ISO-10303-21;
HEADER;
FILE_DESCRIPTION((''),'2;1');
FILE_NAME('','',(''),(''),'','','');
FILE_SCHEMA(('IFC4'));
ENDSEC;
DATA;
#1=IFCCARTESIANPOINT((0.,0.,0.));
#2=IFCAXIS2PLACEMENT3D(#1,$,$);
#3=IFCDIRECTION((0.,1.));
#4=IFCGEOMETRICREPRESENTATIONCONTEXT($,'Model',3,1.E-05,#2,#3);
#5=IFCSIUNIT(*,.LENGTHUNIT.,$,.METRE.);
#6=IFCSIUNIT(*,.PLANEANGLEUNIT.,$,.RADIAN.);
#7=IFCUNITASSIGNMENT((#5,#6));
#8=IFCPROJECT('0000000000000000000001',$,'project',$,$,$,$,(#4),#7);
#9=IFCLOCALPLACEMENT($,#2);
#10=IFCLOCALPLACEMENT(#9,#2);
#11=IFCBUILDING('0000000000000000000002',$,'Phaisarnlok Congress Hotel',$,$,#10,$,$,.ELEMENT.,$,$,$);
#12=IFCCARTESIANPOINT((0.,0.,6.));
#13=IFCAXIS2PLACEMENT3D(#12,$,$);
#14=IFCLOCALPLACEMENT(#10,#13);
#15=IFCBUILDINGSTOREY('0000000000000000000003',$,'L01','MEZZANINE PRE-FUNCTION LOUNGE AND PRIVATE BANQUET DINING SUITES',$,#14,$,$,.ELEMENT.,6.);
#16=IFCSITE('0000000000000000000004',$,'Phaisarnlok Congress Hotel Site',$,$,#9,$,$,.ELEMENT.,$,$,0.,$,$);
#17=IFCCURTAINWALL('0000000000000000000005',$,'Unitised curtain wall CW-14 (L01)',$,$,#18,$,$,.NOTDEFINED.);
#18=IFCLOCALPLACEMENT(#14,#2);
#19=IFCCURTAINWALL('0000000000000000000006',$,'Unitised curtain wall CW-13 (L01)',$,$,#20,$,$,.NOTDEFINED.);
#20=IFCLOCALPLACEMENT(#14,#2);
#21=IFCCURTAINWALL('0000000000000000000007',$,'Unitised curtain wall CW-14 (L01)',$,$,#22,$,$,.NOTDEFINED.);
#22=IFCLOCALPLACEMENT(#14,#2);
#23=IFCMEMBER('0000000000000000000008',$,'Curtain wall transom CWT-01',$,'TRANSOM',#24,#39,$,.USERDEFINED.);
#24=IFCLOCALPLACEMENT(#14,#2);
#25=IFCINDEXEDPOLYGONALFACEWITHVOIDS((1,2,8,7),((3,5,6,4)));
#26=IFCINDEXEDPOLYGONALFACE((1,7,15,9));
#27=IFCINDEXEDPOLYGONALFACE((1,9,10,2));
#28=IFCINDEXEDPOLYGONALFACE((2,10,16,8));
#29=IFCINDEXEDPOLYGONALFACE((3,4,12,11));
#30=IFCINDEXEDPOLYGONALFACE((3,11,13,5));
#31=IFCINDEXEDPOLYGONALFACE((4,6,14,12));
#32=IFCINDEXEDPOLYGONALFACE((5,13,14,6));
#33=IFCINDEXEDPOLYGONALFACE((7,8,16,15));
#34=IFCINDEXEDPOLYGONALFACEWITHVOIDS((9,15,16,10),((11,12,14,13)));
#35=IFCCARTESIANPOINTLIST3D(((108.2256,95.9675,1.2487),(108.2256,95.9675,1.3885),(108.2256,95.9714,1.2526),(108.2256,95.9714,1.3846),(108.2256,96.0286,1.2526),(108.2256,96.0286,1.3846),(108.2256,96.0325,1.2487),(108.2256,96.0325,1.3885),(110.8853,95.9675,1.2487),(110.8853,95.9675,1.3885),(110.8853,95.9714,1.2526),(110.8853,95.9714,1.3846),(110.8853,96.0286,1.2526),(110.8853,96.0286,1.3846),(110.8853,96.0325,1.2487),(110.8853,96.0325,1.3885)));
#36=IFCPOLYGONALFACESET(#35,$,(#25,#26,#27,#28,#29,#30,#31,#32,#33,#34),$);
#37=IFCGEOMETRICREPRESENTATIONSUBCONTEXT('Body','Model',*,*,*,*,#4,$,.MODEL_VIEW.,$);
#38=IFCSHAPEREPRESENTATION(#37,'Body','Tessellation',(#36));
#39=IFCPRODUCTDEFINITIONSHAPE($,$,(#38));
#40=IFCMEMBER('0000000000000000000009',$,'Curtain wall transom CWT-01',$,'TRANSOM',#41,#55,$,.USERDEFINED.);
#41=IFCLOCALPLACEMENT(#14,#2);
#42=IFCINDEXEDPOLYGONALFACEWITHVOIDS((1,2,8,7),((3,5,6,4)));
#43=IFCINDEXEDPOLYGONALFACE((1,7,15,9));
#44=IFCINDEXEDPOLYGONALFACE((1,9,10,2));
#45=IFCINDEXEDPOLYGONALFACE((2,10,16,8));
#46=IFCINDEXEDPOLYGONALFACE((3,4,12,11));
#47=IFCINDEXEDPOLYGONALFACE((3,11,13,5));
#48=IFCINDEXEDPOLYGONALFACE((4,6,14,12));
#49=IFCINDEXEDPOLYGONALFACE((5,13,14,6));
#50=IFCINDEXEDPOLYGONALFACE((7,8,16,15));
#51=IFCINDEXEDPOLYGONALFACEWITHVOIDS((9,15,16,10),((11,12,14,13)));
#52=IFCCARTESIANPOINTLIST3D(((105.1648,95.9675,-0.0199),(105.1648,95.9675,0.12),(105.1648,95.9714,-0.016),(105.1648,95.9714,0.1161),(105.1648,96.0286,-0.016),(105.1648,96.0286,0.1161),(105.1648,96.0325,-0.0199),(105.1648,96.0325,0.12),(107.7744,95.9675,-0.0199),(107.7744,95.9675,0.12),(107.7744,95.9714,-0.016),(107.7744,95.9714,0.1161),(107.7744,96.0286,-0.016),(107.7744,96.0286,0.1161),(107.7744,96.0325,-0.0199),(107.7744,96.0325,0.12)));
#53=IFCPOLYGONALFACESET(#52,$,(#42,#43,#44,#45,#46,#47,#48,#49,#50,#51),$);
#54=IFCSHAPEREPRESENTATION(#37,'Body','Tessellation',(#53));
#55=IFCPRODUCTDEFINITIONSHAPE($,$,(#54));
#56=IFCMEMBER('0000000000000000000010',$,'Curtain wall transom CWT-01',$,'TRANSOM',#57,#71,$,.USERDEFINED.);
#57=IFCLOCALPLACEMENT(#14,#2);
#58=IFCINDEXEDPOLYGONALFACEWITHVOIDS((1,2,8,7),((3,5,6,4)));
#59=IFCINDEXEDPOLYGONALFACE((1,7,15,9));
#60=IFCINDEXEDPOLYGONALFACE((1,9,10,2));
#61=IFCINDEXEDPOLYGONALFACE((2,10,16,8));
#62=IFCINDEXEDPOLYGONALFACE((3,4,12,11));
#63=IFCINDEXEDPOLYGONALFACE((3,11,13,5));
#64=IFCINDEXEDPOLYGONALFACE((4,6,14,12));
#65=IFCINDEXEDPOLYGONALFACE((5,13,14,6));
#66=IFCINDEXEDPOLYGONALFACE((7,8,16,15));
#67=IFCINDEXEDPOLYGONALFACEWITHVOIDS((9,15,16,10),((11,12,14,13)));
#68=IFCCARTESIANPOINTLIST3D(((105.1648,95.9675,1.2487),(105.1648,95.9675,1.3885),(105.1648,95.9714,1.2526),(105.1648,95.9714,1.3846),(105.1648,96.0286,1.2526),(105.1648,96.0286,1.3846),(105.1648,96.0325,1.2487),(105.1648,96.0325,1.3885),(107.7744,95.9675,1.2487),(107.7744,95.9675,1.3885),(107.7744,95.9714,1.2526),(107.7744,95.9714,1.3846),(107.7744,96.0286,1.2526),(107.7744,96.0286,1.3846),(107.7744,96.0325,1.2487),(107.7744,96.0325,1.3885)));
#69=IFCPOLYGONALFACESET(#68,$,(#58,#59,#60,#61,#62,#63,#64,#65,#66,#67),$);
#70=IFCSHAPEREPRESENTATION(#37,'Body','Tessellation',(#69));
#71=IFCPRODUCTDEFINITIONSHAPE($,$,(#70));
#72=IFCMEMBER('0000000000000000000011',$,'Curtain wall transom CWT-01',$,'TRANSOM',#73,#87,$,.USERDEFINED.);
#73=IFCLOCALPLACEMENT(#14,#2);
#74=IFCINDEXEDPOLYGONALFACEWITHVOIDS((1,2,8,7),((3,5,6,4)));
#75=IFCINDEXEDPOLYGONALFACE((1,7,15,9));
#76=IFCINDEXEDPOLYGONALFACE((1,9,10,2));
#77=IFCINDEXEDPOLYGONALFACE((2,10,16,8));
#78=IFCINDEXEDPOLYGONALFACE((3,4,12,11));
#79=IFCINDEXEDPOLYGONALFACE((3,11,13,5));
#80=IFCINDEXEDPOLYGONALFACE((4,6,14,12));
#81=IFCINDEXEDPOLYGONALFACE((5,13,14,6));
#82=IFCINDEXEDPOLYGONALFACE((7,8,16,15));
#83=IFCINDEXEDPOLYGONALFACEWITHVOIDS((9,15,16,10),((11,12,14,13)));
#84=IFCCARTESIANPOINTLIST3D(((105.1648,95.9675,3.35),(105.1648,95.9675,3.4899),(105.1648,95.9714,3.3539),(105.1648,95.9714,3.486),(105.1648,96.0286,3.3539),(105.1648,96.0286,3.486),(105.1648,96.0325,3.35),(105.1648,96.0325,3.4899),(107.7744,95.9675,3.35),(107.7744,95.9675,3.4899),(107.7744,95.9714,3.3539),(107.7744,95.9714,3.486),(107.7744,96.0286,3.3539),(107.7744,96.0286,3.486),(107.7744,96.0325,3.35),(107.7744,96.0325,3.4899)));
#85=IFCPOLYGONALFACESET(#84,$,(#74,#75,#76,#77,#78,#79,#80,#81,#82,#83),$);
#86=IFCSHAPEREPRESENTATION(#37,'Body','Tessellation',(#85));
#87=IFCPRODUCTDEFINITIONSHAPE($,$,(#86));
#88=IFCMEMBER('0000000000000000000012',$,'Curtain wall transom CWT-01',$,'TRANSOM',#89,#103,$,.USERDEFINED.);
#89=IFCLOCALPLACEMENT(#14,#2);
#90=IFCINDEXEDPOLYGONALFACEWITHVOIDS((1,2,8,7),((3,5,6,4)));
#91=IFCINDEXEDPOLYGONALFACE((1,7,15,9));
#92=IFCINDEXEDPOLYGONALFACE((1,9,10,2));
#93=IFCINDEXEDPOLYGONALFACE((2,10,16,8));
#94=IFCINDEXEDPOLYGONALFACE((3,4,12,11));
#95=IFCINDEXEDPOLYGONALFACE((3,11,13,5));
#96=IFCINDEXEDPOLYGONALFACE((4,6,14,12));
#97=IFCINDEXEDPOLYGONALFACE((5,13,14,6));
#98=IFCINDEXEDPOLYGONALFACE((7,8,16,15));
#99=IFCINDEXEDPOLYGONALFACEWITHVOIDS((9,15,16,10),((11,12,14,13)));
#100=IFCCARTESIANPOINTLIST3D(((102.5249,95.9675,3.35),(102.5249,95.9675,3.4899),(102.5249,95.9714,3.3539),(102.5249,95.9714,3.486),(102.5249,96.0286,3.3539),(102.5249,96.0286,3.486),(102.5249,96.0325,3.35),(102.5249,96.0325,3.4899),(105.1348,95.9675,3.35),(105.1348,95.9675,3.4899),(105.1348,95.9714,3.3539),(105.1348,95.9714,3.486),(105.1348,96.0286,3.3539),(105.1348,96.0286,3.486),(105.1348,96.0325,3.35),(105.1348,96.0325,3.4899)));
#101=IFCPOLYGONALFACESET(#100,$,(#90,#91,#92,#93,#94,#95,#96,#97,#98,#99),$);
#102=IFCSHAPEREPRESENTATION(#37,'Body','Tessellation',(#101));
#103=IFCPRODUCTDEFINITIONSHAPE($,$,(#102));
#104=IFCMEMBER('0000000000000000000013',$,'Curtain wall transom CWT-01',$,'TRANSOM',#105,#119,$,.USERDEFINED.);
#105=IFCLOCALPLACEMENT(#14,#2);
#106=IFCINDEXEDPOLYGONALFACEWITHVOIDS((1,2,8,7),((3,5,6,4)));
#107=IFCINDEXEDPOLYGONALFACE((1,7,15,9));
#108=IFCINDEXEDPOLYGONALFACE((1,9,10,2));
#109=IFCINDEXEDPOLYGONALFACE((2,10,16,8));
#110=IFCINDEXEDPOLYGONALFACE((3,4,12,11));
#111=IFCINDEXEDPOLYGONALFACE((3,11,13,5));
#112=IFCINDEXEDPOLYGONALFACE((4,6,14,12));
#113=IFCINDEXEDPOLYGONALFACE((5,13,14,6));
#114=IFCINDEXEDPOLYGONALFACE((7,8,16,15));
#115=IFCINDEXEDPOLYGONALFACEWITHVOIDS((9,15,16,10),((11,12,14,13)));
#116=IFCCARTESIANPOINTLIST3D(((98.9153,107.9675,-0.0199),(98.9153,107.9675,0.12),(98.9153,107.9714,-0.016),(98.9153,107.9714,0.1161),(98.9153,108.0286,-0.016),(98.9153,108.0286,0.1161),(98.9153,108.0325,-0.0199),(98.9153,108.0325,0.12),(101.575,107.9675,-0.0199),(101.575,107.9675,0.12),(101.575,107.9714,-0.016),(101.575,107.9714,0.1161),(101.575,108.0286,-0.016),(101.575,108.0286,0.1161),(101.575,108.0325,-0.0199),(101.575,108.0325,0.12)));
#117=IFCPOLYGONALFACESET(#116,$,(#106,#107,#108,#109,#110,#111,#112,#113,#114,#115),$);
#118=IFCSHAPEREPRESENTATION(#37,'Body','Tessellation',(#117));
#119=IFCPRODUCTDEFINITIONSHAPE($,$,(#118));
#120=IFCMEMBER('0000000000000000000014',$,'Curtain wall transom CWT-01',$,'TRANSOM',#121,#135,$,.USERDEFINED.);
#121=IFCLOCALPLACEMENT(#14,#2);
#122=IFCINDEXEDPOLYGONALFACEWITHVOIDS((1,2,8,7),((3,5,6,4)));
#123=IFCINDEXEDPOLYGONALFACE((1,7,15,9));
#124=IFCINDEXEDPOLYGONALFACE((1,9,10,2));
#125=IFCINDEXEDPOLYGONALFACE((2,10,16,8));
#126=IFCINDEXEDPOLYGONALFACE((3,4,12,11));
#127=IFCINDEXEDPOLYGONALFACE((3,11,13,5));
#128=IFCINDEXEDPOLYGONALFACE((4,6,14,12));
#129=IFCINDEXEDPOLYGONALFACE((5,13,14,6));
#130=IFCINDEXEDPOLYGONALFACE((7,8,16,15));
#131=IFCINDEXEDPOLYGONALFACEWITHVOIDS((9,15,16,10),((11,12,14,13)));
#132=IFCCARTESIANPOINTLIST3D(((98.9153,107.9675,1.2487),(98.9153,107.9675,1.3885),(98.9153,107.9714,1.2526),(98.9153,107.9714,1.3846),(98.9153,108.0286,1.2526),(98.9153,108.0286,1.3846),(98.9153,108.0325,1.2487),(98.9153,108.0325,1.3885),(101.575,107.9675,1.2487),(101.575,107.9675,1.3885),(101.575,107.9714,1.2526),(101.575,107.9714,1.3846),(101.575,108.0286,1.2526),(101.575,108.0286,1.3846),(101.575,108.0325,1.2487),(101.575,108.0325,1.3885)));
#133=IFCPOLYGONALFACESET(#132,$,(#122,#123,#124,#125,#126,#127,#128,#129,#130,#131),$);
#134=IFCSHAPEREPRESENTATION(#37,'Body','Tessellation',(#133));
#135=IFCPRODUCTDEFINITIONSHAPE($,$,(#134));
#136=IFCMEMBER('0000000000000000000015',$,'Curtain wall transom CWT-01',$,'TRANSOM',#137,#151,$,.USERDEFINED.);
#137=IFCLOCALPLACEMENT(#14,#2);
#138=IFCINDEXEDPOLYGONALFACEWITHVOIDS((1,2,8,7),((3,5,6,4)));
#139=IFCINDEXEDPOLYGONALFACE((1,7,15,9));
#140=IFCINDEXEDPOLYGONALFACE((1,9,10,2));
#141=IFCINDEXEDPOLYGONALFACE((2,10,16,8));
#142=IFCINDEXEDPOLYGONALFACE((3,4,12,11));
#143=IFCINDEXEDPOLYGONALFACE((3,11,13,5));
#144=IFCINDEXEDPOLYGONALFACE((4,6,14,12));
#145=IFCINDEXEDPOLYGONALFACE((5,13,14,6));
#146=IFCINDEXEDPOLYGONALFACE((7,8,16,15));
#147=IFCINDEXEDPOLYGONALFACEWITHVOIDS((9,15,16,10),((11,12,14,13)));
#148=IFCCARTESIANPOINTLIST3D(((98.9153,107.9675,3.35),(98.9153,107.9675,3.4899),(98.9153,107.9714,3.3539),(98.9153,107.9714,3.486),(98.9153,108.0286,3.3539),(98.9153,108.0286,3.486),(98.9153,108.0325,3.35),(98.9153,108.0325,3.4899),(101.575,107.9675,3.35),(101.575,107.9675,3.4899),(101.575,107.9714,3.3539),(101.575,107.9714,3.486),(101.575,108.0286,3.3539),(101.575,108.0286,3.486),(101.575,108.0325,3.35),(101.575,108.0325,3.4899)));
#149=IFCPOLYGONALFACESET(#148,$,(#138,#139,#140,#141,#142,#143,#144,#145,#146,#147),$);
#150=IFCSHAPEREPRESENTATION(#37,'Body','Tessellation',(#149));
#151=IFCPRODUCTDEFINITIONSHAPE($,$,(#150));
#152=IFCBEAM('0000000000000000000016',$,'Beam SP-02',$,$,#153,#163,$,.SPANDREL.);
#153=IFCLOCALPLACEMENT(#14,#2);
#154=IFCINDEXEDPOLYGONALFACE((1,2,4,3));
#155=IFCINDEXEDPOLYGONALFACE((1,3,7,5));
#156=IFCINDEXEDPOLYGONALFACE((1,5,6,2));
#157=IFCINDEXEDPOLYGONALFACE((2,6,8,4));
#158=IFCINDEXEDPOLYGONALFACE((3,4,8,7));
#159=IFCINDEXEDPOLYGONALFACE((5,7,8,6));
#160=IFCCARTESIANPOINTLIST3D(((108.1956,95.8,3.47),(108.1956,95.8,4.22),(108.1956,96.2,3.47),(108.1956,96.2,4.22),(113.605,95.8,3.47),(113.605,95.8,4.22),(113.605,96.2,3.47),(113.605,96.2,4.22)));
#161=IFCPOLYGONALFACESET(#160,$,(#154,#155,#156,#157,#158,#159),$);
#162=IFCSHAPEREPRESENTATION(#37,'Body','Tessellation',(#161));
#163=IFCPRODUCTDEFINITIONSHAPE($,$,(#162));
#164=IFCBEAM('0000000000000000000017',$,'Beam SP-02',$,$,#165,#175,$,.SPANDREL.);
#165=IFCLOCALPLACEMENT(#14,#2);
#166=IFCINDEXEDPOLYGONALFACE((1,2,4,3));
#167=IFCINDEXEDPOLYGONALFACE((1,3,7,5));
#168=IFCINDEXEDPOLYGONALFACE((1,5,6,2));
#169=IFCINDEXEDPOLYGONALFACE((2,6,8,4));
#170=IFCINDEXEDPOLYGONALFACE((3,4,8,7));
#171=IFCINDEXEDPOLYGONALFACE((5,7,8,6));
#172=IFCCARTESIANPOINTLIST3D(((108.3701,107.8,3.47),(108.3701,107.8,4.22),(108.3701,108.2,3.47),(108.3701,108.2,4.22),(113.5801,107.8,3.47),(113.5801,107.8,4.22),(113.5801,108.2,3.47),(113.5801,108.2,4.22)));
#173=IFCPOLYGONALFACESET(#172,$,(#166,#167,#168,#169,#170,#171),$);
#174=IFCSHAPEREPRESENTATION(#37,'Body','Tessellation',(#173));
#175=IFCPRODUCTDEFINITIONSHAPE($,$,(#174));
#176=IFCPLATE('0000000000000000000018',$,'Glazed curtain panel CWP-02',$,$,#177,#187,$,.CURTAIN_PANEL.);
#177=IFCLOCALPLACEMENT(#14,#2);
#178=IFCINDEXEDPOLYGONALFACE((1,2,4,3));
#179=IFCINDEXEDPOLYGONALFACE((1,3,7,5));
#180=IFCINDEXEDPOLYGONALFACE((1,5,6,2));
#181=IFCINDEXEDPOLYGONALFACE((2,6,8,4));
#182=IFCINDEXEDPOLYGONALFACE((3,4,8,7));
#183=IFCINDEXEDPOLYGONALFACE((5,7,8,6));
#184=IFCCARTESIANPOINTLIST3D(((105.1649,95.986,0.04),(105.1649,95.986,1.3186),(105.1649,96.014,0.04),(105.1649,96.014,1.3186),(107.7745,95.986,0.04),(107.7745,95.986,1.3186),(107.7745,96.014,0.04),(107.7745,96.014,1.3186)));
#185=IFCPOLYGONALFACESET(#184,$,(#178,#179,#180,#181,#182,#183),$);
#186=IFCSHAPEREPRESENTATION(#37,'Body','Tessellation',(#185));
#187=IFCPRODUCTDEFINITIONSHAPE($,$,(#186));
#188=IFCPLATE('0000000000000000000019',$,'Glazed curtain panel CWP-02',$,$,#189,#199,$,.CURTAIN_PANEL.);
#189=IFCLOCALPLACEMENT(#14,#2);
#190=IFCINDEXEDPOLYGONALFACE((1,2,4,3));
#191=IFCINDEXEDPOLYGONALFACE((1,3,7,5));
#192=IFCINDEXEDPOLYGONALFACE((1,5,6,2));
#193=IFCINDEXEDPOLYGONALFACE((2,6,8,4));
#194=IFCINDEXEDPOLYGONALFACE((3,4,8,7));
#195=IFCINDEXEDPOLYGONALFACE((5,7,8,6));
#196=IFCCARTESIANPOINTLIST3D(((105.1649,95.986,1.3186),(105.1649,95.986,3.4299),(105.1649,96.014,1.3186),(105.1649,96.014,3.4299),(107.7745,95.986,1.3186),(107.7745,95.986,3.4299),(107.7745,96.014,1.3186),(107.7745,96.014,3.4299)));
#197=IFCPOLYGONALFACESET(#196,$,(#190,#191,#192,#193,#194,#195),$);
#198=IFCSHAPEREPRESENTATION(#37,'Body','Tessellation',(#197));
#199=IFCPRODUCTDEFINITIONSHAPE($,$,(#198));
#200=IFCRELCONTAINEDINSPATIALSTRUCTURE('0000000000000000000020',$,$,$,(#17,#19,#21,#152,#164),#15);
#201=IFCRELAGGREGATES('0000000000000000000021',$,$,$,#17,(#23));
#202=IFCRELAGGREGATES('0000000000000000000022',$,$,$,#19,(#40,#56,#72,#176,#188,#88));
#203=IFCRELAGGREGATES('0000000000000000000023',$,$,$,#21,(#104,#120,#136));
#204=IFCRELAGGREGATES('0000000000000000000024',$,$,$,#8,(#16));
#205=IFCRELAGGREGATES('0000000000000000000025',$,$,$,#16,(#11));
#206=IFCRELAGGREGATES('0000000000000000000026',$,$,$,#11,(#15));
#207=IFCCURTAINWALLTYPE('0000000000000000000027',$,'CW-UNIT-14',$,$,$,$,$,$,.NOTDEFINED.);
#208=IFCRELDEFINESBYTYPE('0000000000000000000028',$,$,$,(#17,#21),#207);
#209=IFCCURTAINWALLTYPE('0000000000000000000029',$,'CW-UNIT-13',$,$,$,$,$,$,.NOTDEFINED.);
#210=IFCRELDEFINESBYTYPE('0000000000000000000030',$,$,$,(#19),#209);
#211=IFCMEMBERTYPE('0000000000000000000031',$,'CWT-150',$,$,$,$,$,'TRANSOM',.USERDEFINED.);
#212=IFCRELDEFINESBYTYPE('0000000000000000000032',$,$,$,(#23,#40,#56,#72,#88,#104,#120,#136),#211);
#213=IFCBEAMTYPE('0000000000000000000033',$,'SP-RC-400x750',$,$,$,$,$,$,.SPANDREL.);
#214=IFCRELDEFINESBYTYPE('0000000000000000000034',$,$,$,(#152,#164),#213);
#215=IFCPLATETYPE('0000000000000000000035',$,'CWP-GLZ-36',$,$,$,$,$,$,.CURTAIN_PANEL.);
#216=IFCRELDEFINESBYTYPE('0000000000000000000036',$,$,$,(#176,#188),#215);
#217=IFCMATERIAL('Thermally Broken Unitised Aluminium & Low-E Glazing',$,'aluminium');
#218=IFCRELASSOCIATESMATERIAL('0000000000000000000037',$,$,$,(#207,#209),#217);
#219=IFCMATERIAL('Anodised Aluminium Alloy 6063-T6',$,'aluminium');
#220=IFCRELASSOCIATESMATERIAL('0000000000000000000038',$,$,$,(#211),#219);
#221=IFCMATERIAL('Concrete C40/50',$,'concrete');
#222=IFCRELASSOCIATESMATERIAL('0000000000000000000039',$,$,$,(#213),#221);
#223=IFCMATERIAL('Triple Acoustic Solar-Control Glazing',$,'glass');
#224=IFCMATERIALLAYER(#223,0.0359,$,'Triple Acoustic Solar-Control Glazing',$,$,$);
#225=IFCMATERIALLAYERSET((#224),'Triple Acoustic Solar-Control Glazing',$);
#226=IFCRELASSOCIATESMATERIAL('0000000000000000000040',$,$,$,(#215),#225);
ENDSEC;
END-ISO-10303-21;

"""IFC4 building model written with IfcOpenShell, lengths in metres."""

from ifc_helpers import new_model, si_unit, direction, frame, frame_2d, origin, origin_2d, place, context, subcontext, project, spatial, rectangle, hollow_rectangle, extrude, material, layer, layer_set, material_profile, profile_set, type_object, element, aggregate, save


model = new_model("IFC4")

# Units and contexts
model_context = context("Model", 3, precision=1e-05, world=origin(), true_north=direction((0.0, 1.0)))
body_context = subcontext(model_context, "Body", "Model", "MODEL_VIEW")
ifc_project = project(units=[si_unit("LENGTHUNIT", "METRE"), si_unit("PLANEANGLEUNIT", "RADIAN")], contexts=[model_context])

# Site, building, storey
site_placement = place(None, origin())
site = spatial("IfcSite", under=ifc_project, at=site_placement, Name="Phaisarnlok Congress Hotel Site", CompositionType="ELEMENT", RefElevation=0.0)
building_placement = place(site_placement, origin())
building = spatial("IfcBuilding", under=site, at=building_placement, Name="Phaisarnlok Congress Hotel", CompositionType="ELEMENT")
storey_placement = place(building_placement, frame((0.0, 0.0, 6.0)))
storey = spatial("IfcBuildingStorey", under=building, at=storey_placement, Name="L01", Description="MEZZANINE PRE-FUNCTION LOUNGE AND PRIVATE BANQUET DINING SUITES", CompositionType="ELEMENT", Elevation=6.0)

# Curtain wall
ifc_material_1 = material(Name="Thermally Broken Unitised Aluminium & Low-E Glazing", Category="aluminium")
curtain_wall_type_1 = type_object("IfcCurtainWallType", Name="CW-UNIT-14", PredefinedType="NOTDEFINED", material=ifc_material_1)
curtain_wall_1_placement = place(storey_placement, origin())
curtain_wall_1 = element("IfcCurtainWall", 1, at=curtain_wall_1_placement, inside=storey, type_object=curtain_wall_type_1, Name="Unitised curtain wall CW-14 (L01)", PredefinedType="NOTDEFINED")
ifc_material_2 = material(Name="Anodised Aluminium Alloy 6063-T6", Category="aluminium")

# Curtain walls
curtain_wall_type_2 = type_object("IfcCurtainWallType", Name="CW-UNIT-13", PredefinedType="NOTDEFINED", material=ifc_material_1)
curtain_wall_2_placement = place(storey_placement, origin())
curtain_wall_2 = element("IfcCurtainWall", 2, at=curtain_wall_2_placement, inside=storey, type_object=curtain_wall_type_2, Name="Unitised curtain wall CW-13 (L01)", PredefinedType="NOTDEFINED")
curtain_wall_3_placement = place(storey_placement, origin())
curtain_wall_3 = element("IfcCurtainWall", 3, at=curtain_wall_3_placement, inside=storey, type_object=curtain_wall_type_1, Name="Unitised curtain wall CW-14 (L01)", PredefinedType="NOTDEFINED")

# Members
ifc_material_profile_1 = material_profile(ifc_material_2, hollow_rectangle(XDim=0.0649, YDim=0.1399, WallThickness=0.0039, at=origin_2d()), Name="ALU-T 65x140x4")
ifc_profile_set_1 = profile_set([ifc_material_profile_1], Name="Anodised Aluminium Alloy 6063-T6")
member_type_1 = type_object("IfcMemberType", Name="CWT-150", ElementType="TRANSOM", PredefinedType="USERDEFINED", material=ifc_profile_set_1)
member_1_placement = place(storey_placement, frame((110.8853, 96.0, 1.3186), z_axis=(-1.0, 0.0, 0.0), x_axis=(0.0, -1.0, 0.0)))
member_1 = element("IfcMember", 4, at=member_1_placement, type_object=member_type_1, Name="Curtain wall transom CWT-01", ObjectType="TRANSOM", PredefinedType="USERDEFINED", context=body_context, shape_type="SweptSolid", body=[
    extrude(hollow_rectangle(XDim=0.0649, YDim=0.1399, WallThickness=0.0039, at=origin_2d()), origin(), (0.0, 0.0, 1.0), 2.6597),
])
aggregate(curtain_wall_1, [member_1])
member_2_placement = place(storey_placement, frame((107.7744, 96.0, 0.05), z_axis=(-1.0, 0.0, 0.0), x_axis=(0.0, -1.0, 0.0)))
member_2 = element("IfcMember", 5, at=member_2_placement, type_object=member_type_1, Name="Curtain wall transom CWT-01", ObjectType="TRANSOM", PredefinedType="USERDEFINED", context=body_context, shape_type="SweptSolid", body=[
    extrude(hollow_rectangle(XDim=0.0649, YDim=0.1399, WallThickness=0.0039, at=origin_2d()), origin(), (0.0, 0.0, 1.0), 2.6096),
])
member_3_placement = place(storey_placement, frame((107.7744, 96.0, 1.3186), z_axis=(-1.0, 0.0, 0.0), x_axis=(0.0, -1.0, 0.0)))
member_3 = element("IfcMember", 6, at=member_3_placement, type_object=member_type_1, Name="Curtain wall transom CWT-01", ObjectType="TRANSOM", PredefinedType="USERDEFINED", context=body_context, shape_type="SweptSolid", body=[
    extrude(hollow_rectangle(XDim=0.0649, YDim=0.1399, WallThickness=0.0039, at=origin_2d()), origin(), (0.0, 0.0, 1.0), 2.6096),
])
member_4_placement = place(storey_placement, frame((107.7744, 96.0, 3.4199), z_axis=(-1.0, 0.0, 0.0), x_axis=(0.0, -1.0, 0.0)))
member_4 = element("IfcMember", 7, at=member_4_placement, type_object=member_type_1, Name="Curtain wall transom CWT-01", ObjectType="TRANSOM", PredefinedType="USERDEFINED", context=body_context, shape_type="SweptSolid", body=[
    extrude(hollow_rectangle(XDim=0.0649, YDim=0.1399, WallThickness=0.0039, at=origin_2d()), origin(), (0.0, 0.0, 1.0), 2.6096),
])
member_5_placement = place(storey_placement, frame((105.1348, 96.0, 3.4199), z_axis=(-1.0, 0.0, 0.0), x_axis=(0.0, -1.0, 0.0)))
member_5 = element("IfcMember", 8, at=member_5_placement, type_object=member_type_1, Name="Curtain wall transom CWT-01", ObjectType="TRANSOM", PredefinedType="USERDEFINED", context=body_context, shape_type="SweptSolid", body=[
    extrude(hollow_rectangle(XDim=0.0649, YDim=0.1399, WallThickness=0.0039, at=origin_2d()), origin(), (0.0, 0.0, 1.0), 2.6099),
])
member_6_placement = place(storey_placement, frame((98.9153, 108.0, 0.05), z_axis=(1.0, 0.0, 0.0), x_axis=(0.0, 1.0, 0.0)))
member_6 = element("IfcMember", 9, at=member_6_placement, type_object=member_type_1, Name="Curtain wall transom CWT-01", ObjectType="TRANSOM", PredefinedType="USERDEFINED", context=body_context, shape_type="SweptSolid", body=[
    extrude(hollow_rectangle(XDim=0.0649, YDim=0.1399, WallThickness=0.0039, at=origin_2d()), origin(), (0.0, 0.0, 1.0), 2.6597),
])
member_7_placement = place(storey_placement, frame((98.9153, 108.0, 1.3186), z_axis=(1.0, 0.0, 0.0), x_axis=(0.0, 1.0, 0.0)))
member_7 = element("IfcMember", 10, at=member_7_placement, type_object=member_type_1, Name="Curtain wall transom CWT-01", ObjectType="TRANSOM", PredefinedType="USERDEFINED", context=body_context, shape_type="SweptSolid", body=[
    extrude(hollow_rectangle(XDim=0.0649, YDim=0.1399, WallThickness=0.0039, at=origin_2d()), origin(), (0.0, 0.0, 1.0), 2.6597),
])
member_8_placement = place(storey_placement, frame((98.9153, 108.0, 3.4199), z_axis=(1.0, 0.0, 0.0), x_axis=(0.0, 1.0, 0.0)))
member_8 = element("IfcMember", 11, at=member_8_placement, type_object=member_type_1, Name="Curtain wall transom CWT-01", ObjectType="TRANSOM", PredefinedType="USERDEFINED", context=body_context, shape_type="SweptSolid", body=[
    extrude(hollow_rectangle(XDim=0.0649, YDim=0.1399, WallThickness=0.0039, at=origin_2d()), origin(), (0.0, 0.0, 1.0), 2.6597),
])

# Beams
ifc_material_3 = material(Name="Concrete C40/50", Category="concrete")
ifc_material_profile_2 = material_profile(ifc_material_3, rectangle(XDim=0.3999, YDim=0.75, at=origin_2d()), Name="RC 400x750")
ifc_profile_set_2 = profile_set([ifc_material_profile_2], Name="Concrete C40/50")
beam_type = type_object("IfcBeamType", Name="SP-RC-400x750", PredefinedType="SPANDREL", material=ifc_profile_set_2)
beam_1_placement = place(storey_placement, frame((108.1956, 96.0, 3.845), z_axis=(1.0, 0.0, 0.0), x_axis=(0.0, 1.0, 0.0)))
element("IfcBeam", 12, at=beam_1_placement, inside=storey, type_object=beam_type, Name="Beam SP-02", PredefinedType="SPANDREL", context=body_context, shape_type="SweptSolid", body=[
    extrude(rectangle(XDim=0.3999, YDim=0.75, at=origin_2d()), origin(), (0.0, 0.0, 1.0), 5.4094),
])
beam_2_placement = place(storey_placement, frame((108.3701, 108.0, 3.845), z_axis=(1.0, 0.0, 0.0), x_axis=(0.0, 1.0, 0.0)))
element("IfcBeam", 13, at=beam_2_placement, inside=storey, type_object=beam_type, Name="Beam SP-02", PredefinedType="SPANDREL", context=body_context, shape_type="SweptSolid", body=[
    extrude(rectangle(XDim=0.3999, YDim=0.75, at=origin_2d()), origin(), (0.0, 0.0, 1.0), 5.21),
])

# Plates
ifc_material_4 = material(Name="Triple Acoustic Solar-Control Glazing", Category="glass")
ifc_layer = layer(ifc_material_4, 0.0359, Name="Triple Acoustic Solar-Control Glazing")
ifc_layer_set = layer_set([ifc_layer], Name="Triple Acoustic Solar-Control Glazing")
plate_type = type_object("IfcPlateType", Name="CWP-GLZ-36", PredefinedType="CURTAIN_PANEL", material=ifc_layer_set)
plate_1_placement = place(storey_placement, frame((107.7744, 96.0, 0.04), z_axis=(0.0, 0.0, 1.0), x_axis=(-1.0, 0.0, 0.0)))
plate_1 = element("IfcPlate", 14, at=plate_1_placement, type_object=plate_type, Name="Glazed curtain panel CWP-02", PredefinedType="CURTAIN_PANEL", context=body_context, shape_type="SweptSolid", body=[
    extrude(rectangle(XDim=2.6096, YDim=0.0281, at=frame_2d((1.3047, 0.0))), origin(), (0.0, 0.0, 1.0), 1.2786),
])
plate_2_placement = place(storey_placement, frame((107.7744, 96.0, 1.3186), z_axis=(0.0, 0.0, 1.0), x_axis=(-1.0, 0.0, 0.0)))
plate_2 = element("IfcPlate", 15, at=plate_2_placement, type_object=plate_type, Name="Glazed curtain panel CWP-02", PredefinedType="CURTAIN_PANEL", context=body_context, shape_type="SweptSolid", body=[
    extrude(rectangle(XDim=2.6096, YDim=0.0281, at=frame_2d((1.3047, 0.0))), origin(), (0.0, 0.0, 1.0), 2.1113),
])
aggregate(curtain_wall_2, [member_2, member_3, member_4, plate_1, plate_2, member_5])
aggregate(curtain_wall_3, [member_6, member_7, member_8])

save(model, "model.ifc")
